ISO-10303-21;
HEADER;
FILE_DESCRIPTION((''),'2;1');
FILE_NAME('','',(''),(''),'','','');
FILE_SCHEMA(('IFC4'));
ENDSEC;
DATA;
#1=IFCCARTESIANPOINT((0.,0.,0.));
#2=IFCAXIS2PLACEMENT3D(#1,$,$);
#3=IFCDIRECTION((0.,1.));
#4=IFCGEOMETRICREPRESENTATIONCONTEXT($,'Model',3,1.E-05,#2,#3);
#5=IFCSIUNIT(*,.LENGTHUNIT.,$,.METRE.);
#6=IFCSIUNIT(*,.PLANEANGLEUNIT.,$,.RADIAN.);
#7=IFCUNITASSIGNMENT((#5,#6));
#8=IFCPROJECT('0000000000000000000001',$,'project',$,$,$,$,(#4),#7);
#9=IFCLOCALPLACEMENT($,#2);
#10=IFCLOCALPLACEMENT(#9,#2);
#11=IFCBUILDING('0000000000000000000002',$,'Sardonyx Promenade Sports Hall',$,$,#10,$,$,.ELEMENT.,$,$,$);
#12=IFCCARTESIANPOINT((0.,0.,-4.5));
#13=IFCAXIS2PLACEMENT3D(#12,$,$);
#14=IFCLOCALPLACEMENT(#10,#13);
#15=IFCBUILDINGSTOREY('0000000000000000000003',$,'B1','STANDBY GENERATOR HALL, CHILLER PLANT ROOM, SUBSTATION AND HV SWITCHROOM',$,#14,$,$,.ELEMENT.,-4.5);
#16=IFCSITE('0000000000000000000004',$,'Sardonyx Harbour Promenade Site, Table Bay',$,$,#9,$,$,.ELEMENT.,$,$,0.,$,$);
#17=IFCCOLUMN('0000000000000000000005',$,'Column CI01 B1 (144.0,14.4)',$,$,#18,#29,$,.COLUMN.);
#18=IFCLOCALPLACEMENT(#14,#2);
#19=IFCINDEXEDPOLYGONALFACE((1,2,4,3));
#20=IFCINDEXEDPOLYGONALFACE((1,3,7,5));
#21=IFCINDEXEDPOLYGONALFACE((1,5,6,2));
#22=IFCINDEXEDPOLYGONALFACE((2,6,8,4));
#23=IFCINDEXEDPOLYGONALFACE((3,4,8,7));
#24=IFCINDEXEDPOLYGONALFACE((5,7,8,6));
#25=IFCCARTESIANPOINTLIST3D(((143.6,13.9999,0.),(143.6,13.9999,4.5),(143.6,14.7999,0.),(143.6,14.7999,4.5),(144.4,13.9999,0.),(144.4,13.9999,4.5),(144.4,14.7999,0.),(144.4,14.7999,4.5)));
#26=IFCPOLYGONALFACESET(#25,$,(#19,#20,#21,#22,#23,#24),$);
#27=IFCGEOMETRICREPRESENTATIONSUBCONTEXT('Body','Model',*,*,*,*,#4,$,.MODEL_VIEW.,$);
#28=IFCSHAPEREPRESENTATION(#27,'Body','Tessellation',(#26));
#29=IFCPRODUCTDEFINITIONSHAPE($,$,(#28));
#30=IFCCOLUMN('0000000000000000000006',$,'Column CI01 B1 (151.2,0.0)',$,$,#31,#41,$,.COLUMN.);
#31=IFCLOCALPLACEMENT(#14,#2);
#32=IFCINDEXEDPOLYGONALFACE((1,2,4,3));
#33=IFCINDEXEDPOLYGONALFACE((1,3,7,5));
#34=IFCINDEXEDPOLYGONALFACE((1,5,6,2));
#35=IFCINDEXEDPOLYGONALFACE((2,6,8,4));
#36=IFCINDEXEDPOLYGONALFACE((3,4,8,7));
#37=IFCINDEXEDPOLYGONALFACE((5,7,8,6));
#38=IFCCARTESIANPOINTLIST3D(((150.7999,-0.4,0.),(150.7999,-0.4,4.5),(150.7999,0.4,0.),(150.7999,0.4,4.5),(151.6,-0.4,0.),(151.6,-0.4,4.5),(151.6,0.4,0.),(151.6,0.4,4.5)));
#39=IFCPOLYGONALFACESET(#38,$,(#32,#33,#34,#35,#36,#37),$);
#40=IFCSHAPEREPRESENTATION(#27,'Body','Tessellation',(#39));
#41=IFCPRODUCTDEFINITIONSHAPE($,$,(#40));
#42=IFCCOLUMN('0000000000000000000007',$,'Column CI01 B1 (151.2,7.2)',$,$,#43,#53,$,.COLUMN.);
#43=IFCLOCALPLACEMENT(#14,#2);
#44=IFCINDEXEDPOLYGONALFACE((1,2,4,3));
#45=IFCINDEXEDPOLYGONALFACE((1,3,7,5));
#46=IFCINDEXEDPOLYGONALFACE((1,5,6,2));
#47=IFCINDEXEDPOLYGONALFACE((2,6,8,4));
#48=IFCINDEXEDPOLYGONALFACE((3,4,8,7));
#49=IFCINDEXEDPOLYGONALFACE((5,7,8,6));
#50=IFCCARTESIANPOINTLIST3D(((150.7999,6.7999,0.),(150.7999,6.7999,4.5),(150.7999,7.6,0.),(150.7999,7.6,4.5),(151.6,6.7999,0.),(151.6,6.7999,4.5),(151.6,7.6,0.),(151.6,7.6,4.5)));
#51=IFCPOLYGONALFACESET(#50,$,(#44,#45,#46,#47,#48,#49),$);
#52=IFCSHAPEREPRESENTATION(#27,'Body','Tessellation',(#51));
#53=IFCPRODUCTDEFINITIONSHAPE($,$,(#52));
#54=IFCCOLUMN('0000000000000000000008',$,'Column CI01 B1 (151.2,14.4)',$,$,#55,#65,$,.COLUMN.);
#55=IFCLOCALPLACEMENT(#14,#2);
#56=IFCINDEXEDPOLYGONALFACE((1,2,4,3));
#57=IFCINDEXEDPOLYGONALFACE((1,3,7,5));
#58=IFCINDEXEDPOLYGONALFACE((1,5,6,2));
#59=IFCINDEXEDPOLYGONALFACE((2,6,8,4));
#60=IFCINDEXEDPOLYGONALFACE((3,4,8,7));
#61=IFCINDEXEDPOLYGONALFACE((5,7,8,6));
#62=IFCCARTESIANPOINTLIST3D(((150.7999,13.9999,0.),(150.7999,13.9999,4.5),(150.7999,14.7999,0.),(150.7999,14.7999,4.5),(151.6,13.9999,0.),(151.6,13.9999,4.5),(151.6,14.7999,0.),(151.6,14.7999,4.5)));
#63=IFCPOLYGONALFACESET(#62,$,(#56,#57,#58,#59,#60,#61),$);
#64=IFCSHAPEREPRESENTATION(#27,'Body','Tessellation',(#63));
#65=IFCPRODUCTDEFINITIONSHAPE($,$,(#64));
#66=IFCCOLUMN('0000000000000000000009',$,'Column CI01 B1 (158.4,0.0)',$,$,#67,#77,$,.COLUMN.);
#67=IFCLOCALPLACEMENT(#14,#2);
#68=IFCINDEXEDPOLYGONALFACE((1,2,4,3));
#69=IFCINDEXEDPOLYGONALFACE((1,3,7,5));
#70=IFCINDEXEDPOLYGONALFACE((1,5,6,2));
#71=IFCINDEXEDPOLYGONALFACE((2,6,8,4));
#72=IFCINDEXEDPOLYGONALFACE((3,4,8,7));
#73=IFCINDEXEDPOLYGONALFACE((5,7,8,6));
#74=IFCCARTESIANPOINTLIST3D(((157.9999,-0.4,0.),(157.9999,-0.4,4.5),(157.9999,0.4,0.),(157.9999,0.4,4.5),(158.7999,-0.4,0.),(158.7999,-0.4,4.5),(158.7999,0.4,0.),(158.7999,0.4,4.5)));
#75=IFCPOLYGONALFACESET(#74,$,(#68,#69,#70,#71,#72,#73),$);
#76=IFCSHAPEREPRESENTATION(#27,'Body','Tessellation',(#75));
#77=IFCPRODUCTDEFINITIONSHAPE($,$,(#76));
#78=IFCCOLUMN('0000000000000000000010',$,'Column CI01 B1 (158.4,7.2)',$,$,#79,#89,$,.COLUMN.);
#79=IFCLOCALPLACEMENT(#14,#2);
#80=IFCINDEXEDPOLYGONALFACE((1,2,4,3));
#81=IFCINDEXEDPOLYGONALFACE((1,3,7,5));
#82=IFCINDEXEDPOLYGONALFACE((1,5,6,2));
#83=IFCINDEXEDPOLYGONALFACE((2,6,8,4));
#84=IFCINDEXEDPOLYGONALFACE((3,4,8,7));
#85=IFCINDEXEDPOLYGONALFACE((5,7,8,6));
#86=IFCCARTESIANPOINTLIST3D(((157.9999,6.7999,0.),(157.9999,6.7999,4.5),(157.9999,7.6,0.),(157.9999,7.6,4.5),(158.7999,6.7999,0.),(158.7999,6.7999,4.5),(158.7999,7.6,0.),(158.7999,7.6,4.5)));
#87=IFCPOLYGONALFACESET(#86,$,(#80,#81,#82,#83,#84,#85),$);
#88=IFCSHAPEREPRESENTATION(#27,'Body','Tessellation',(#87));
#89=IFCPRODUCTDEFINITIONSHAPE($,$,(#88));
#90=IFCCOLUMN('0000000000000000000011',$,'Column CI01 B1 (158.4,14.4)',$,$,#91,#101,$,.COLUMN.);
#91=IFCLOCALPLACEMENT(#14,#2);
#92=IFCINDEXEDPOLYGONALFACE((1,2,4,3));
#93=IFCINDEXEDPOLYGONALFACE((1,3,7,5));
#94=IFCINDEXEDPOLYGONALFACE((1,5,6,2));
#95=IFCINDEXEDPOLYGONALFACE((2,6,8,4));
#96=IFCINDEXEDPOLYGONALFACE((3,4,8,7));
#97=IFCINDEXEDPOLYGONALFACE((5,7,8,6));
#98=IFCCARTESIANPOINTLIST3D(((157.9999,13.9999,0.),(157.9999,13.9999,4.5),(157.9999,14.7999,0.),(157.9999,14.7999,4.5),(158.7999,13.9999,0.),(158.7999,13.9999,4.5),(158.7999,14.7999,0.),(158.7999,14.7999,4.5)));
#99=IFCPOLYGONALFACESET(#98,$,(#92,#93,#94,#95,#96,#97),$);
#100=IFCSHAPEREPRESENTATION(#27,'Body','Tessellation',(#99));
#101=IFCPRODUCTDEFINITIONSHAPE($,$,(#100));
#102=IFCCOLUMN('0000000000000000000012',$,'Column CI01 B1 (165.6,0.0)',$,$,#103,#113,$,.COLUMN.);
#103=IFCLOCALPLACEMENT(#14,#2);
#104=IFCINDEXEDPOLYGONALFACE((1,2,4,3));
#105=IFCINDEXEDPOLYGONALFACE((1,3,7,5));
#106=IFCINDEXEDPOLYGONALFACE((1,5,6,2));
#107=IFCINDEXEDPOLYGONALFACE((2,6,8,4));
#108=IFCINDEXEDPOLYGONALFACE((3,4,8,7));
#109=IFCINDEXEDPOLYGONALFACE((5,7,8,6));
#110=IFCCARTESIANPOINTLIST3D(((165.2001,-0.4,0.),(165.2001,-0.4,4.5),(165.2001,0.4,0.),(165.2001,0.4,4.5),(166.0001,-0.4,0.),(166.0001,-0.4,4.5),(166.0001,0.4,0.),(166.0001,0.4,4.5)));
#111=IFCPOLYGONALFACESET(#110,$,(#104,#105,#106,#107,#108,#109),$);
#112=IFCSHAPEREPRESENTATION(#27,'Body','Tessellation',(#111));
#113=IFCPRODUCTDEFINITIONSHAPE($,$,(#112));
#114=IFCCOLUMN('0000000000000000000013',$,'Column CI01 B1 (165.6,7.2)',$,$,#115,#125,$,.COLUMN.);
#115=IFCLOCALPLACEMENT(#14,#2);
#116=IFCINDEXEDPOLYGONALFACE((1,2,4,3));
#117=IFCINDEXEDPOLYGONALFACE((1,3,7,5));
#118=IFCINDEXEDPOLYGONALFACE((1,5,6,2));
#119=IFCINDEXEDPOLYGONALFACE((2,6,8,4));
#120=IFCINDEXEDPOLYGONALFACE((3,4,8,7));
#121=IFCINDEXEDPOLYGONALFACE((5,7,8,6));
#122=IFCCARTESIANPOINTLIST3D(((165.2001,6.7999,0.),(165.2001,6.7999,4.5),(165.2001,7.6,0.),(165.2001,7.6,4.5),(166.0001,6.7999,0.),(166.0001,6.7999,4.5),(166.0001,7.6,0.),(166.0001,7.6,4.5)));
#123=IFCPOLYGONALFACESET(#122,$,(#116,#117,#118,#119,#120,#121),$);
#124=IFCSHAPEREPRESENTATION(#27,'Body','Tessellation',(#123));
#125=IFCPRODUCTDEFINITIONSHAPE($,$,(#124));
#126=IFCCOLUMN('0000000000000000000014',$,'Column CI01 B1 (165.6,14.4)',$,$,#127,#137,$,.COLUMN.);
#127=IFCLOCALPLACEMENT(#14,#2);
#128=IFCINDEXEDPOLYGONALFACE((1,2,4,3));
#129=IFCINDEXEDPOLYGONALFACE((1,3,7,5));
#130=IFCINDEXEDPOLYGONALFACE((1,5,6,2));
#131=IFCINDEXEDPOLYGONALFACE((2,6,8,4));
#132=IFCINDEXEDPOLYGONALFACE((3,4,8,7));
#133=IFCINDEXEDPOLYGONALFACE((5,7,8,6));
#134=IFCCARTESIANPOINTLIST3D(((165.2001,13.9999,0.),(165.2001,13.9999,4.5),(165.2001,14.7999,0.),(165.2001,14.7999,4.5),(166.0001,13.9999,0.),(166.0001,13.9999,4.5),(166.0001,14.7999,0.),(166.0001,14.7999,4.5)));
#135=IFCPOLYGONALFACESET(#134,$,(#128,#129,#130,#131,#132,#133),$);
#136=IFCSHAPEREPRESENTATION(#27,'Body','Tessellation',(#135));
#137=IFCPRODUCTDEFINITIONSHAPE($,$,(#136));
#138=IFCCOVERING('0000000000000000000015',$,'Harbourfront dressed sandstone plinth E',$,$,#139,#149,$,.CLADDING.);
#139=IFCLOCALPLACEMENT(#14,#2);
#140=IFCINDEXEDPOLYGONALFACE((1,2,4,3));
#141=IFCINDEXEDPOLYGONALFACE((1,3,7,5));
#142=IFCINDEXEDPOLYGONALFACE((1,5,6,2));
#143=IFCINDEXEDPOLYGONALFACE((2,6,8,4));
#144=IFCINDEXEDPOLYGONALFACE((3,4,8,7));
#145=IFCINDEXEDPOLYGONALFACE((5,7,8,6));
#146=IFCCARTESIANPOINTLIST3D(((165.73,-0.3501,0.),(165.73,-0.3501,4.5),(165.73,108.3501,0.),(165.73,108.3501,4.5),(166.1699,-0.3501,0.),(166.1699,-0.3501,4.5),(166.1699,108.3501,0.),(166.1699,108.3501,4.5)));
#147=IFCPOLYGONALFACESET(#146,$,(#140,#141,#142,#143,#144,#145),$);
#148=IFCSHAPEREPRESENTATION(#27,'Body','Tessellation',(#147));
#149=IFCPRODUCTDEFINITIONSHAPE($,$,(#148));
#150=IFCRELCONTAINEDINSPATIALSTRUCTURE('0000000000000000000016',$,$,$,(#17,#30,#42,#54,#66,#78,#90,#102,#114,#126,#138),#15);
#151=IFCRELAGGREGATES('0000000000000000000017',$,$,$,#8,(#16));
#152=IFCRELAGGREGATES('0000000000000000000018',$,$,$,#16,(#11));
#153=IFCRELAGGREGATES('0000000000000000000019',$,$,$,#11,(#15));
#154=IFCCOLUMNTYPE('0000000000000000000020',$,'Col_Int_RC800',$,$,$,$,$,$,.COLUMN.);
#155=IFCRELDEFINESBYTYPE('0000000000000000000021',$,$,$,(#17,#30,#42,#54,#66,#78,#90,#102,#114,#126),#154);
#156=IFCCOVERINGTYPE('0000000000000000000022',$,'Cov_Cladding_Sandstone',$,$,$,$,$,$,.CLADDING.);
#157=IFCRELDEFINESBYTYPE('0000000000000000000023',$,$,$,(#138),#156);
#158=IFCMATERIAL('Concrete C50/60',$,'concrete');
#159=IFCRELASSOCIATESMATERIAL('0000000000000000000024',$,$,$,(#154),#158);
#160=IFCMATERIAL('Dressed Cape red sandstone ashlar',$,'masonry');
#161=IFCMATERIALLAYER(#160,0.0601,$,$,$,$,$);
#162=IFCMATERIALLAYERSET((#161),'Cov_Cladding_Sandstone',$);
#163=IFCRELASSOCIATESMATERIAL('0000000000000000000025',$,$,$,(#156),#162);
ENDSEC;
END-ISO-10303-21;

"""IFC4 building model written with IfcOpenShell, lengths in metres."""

from ifc_helpers import new_model, si_unit, direction, frame, frame_2d, origin, origin_2d, place, context, subcontext, project, spatial, rectangle, extrude, material, layer, layer_set, material_profile, profile_set, type_object, element, save


model = new_model("IFC4")

# Units and contexts
model_context = context("Model", 3, precision=1e-05, world=origin(), true_north=direction((0.0, 1.0)))
body_context = subcontext(model_context, "Body", "Model", "MODEL_VIEW")
ifc_project = project(units=[si_unit("LENGTHUNIT", "METRE"), si_unit("PLANEANGLEUNIT", "RADIAN")], contexts=[model_context])

# Site, building, storey
site_placement = place(None, origin())
site = spatial("IfcSite", under=ifc_project, at=site_placement, Name="Sardonyx Harbour Promenade Site, Table Bay", CompositionType="ELEMENT", RefElevation=0.0)
building_placement = place(site_placement, origin())
building = spatial("IfcBuilding", under=site, at=building_placement, Name="Sardonyx Promenade Sports Hall", CompositionType="ELEMENT")
storey_placement = place(building_placement, frame((0.0, 0.0, -4.5)))
storey = spatial("IfcBuildingStorey", under=building, at=storey_placement, Name="B1", Description="STANDBY GENERATOR HALL, CHILLER PLANT ROOM, SUBSTATION AND HV SWITCHROOM", CompositionType="ELEMENT", Elevation=-4.5)

# Columns
ifc_material_1 = material(Name="Concrete C50/60", Category="concrete")
ifc_material_profile_1 = material_profile(ifc_material_1, rectangle(XDim=0.8, YDim=0.8, at=origin_2d()))
ifc_profile_set_1 = profile_set([ifc_material_profile_1], Name="Concrete C50/60")
column_type = type_object("IfcColumnType", Name="Col_Int_RC800", PredefinedType="COLUMN", material=ifc_profile_set_1)
for number, where, z_axis, x_axis, name in (
    (1, (144.0, 14.3999, 0.0), (0.0, 0.0, 1.0), (1.0, 0.0, 0.0), "Column CI01 B1 (144.0,14.4)"),
    (2, (151.2, 0.0, 0.0), (0.0, 0.0, 1.0), (1.0, 0.0, 0.0), "Column CI01 B1 (151.2,0.0)"),
    (3, (151.2, 7.2, 0.0), (0.0, 0.0, 1.0), (1.0, 0.0, 0.0), "Column CI01 B1 (151.2,7.2)"),
    (4, (151.2, 14.3999, 0.0), (0.0, 0.0, 1.0), (1.0, 0.0, 0.0), "Column CI01 B1 (151.2,14.4)"),
    (5, (158.3999, 0.0, 0.0), (0.0, 0.0, 1.0), (1.0, 0.0, 0.0), "Column CI01 B1 (158.4,0.0)"),
    (6, (158.3999, 7.2, 0.0), (0.0, 0.0, 1.0), (1.0, 0.0, 0.0), "Column CI01 B1 (158.4,7.2)"),
    (7, (158.3999, 14.3999, 0.0), (0.0, 0.0, 1.0), (1.0, 0.0, 0.0), "Column CI01 B1 (158.4,14.4)"),
    (8, (165.6001, 0.0, 0.0), (0.0, 0.0, 1.0), (1.0, 0.0, 0.0), "Column CI01 B1 (165.6,0.0)"),
    (9, (165.6001, 7.2, 0.0), (0.0, 0.0, 1.0), (1.0, 0.0, 0.0), "Column CI01 B1 (165.6,7.2)"),
    (10, (165.6001, 14.3999, 0.0), (0.0, 0.0, 1.0), (1.0, 0.0, 0.0), "Column CI01 B1 (165.6,14.4)"),
):
    element("IfcColumn", number, at=place(storey_placement, frame(where, z_axis=z_axis, x_axis=x_axis)), inside=storey, type_object=column_type, Name=name, PredefinedType="COLUMN", context=body_context, shape_type="SweptSolid", body=[
        extrude(rectangle(XDim=0.8, YDim=0.8, at=origin_2d()), origin(), (0.0, 0.0, 1.0), 4.5),
    ])

# Covering
ifc_material_2 = material(Name="Dressed Cape red sandstone ashlar", Category="masonry")
ifc_layer = layer(ifc_material_2, 0.0601)
ifc_layer_set = layer_set([ifc_layer], Name="Cov_Cladding_Sandstone")
covering_type = type_object("IfcCoveringType", Name="Cov_Cladding_Sandstone", PredefinedType="CLADDING", material=ifc_layer_set)
covering_placement = place(storey_placement, frame((165.95, -0.3501, 0.0), z_axis=(0.0, 0.0, 1.0), x_axis=(0.0, 1.0, 0.0)))
element("IfcCovering", 11, at=covering_placement, inside=storey, type_object=covering_type, Name="Harbourfront dressed sandstone plinth E", PredefinedType="CLADDING", context=body_context, shape_type="SweptSolid", body=[
    extrude(rectangle(XDim=108.7002, YDim=0.4399, at=frame_2d((54.3501, 0.0))), origin(), (0.0, 0.0, 1.0), 4.5),
])

save(model, "model.ifc")
